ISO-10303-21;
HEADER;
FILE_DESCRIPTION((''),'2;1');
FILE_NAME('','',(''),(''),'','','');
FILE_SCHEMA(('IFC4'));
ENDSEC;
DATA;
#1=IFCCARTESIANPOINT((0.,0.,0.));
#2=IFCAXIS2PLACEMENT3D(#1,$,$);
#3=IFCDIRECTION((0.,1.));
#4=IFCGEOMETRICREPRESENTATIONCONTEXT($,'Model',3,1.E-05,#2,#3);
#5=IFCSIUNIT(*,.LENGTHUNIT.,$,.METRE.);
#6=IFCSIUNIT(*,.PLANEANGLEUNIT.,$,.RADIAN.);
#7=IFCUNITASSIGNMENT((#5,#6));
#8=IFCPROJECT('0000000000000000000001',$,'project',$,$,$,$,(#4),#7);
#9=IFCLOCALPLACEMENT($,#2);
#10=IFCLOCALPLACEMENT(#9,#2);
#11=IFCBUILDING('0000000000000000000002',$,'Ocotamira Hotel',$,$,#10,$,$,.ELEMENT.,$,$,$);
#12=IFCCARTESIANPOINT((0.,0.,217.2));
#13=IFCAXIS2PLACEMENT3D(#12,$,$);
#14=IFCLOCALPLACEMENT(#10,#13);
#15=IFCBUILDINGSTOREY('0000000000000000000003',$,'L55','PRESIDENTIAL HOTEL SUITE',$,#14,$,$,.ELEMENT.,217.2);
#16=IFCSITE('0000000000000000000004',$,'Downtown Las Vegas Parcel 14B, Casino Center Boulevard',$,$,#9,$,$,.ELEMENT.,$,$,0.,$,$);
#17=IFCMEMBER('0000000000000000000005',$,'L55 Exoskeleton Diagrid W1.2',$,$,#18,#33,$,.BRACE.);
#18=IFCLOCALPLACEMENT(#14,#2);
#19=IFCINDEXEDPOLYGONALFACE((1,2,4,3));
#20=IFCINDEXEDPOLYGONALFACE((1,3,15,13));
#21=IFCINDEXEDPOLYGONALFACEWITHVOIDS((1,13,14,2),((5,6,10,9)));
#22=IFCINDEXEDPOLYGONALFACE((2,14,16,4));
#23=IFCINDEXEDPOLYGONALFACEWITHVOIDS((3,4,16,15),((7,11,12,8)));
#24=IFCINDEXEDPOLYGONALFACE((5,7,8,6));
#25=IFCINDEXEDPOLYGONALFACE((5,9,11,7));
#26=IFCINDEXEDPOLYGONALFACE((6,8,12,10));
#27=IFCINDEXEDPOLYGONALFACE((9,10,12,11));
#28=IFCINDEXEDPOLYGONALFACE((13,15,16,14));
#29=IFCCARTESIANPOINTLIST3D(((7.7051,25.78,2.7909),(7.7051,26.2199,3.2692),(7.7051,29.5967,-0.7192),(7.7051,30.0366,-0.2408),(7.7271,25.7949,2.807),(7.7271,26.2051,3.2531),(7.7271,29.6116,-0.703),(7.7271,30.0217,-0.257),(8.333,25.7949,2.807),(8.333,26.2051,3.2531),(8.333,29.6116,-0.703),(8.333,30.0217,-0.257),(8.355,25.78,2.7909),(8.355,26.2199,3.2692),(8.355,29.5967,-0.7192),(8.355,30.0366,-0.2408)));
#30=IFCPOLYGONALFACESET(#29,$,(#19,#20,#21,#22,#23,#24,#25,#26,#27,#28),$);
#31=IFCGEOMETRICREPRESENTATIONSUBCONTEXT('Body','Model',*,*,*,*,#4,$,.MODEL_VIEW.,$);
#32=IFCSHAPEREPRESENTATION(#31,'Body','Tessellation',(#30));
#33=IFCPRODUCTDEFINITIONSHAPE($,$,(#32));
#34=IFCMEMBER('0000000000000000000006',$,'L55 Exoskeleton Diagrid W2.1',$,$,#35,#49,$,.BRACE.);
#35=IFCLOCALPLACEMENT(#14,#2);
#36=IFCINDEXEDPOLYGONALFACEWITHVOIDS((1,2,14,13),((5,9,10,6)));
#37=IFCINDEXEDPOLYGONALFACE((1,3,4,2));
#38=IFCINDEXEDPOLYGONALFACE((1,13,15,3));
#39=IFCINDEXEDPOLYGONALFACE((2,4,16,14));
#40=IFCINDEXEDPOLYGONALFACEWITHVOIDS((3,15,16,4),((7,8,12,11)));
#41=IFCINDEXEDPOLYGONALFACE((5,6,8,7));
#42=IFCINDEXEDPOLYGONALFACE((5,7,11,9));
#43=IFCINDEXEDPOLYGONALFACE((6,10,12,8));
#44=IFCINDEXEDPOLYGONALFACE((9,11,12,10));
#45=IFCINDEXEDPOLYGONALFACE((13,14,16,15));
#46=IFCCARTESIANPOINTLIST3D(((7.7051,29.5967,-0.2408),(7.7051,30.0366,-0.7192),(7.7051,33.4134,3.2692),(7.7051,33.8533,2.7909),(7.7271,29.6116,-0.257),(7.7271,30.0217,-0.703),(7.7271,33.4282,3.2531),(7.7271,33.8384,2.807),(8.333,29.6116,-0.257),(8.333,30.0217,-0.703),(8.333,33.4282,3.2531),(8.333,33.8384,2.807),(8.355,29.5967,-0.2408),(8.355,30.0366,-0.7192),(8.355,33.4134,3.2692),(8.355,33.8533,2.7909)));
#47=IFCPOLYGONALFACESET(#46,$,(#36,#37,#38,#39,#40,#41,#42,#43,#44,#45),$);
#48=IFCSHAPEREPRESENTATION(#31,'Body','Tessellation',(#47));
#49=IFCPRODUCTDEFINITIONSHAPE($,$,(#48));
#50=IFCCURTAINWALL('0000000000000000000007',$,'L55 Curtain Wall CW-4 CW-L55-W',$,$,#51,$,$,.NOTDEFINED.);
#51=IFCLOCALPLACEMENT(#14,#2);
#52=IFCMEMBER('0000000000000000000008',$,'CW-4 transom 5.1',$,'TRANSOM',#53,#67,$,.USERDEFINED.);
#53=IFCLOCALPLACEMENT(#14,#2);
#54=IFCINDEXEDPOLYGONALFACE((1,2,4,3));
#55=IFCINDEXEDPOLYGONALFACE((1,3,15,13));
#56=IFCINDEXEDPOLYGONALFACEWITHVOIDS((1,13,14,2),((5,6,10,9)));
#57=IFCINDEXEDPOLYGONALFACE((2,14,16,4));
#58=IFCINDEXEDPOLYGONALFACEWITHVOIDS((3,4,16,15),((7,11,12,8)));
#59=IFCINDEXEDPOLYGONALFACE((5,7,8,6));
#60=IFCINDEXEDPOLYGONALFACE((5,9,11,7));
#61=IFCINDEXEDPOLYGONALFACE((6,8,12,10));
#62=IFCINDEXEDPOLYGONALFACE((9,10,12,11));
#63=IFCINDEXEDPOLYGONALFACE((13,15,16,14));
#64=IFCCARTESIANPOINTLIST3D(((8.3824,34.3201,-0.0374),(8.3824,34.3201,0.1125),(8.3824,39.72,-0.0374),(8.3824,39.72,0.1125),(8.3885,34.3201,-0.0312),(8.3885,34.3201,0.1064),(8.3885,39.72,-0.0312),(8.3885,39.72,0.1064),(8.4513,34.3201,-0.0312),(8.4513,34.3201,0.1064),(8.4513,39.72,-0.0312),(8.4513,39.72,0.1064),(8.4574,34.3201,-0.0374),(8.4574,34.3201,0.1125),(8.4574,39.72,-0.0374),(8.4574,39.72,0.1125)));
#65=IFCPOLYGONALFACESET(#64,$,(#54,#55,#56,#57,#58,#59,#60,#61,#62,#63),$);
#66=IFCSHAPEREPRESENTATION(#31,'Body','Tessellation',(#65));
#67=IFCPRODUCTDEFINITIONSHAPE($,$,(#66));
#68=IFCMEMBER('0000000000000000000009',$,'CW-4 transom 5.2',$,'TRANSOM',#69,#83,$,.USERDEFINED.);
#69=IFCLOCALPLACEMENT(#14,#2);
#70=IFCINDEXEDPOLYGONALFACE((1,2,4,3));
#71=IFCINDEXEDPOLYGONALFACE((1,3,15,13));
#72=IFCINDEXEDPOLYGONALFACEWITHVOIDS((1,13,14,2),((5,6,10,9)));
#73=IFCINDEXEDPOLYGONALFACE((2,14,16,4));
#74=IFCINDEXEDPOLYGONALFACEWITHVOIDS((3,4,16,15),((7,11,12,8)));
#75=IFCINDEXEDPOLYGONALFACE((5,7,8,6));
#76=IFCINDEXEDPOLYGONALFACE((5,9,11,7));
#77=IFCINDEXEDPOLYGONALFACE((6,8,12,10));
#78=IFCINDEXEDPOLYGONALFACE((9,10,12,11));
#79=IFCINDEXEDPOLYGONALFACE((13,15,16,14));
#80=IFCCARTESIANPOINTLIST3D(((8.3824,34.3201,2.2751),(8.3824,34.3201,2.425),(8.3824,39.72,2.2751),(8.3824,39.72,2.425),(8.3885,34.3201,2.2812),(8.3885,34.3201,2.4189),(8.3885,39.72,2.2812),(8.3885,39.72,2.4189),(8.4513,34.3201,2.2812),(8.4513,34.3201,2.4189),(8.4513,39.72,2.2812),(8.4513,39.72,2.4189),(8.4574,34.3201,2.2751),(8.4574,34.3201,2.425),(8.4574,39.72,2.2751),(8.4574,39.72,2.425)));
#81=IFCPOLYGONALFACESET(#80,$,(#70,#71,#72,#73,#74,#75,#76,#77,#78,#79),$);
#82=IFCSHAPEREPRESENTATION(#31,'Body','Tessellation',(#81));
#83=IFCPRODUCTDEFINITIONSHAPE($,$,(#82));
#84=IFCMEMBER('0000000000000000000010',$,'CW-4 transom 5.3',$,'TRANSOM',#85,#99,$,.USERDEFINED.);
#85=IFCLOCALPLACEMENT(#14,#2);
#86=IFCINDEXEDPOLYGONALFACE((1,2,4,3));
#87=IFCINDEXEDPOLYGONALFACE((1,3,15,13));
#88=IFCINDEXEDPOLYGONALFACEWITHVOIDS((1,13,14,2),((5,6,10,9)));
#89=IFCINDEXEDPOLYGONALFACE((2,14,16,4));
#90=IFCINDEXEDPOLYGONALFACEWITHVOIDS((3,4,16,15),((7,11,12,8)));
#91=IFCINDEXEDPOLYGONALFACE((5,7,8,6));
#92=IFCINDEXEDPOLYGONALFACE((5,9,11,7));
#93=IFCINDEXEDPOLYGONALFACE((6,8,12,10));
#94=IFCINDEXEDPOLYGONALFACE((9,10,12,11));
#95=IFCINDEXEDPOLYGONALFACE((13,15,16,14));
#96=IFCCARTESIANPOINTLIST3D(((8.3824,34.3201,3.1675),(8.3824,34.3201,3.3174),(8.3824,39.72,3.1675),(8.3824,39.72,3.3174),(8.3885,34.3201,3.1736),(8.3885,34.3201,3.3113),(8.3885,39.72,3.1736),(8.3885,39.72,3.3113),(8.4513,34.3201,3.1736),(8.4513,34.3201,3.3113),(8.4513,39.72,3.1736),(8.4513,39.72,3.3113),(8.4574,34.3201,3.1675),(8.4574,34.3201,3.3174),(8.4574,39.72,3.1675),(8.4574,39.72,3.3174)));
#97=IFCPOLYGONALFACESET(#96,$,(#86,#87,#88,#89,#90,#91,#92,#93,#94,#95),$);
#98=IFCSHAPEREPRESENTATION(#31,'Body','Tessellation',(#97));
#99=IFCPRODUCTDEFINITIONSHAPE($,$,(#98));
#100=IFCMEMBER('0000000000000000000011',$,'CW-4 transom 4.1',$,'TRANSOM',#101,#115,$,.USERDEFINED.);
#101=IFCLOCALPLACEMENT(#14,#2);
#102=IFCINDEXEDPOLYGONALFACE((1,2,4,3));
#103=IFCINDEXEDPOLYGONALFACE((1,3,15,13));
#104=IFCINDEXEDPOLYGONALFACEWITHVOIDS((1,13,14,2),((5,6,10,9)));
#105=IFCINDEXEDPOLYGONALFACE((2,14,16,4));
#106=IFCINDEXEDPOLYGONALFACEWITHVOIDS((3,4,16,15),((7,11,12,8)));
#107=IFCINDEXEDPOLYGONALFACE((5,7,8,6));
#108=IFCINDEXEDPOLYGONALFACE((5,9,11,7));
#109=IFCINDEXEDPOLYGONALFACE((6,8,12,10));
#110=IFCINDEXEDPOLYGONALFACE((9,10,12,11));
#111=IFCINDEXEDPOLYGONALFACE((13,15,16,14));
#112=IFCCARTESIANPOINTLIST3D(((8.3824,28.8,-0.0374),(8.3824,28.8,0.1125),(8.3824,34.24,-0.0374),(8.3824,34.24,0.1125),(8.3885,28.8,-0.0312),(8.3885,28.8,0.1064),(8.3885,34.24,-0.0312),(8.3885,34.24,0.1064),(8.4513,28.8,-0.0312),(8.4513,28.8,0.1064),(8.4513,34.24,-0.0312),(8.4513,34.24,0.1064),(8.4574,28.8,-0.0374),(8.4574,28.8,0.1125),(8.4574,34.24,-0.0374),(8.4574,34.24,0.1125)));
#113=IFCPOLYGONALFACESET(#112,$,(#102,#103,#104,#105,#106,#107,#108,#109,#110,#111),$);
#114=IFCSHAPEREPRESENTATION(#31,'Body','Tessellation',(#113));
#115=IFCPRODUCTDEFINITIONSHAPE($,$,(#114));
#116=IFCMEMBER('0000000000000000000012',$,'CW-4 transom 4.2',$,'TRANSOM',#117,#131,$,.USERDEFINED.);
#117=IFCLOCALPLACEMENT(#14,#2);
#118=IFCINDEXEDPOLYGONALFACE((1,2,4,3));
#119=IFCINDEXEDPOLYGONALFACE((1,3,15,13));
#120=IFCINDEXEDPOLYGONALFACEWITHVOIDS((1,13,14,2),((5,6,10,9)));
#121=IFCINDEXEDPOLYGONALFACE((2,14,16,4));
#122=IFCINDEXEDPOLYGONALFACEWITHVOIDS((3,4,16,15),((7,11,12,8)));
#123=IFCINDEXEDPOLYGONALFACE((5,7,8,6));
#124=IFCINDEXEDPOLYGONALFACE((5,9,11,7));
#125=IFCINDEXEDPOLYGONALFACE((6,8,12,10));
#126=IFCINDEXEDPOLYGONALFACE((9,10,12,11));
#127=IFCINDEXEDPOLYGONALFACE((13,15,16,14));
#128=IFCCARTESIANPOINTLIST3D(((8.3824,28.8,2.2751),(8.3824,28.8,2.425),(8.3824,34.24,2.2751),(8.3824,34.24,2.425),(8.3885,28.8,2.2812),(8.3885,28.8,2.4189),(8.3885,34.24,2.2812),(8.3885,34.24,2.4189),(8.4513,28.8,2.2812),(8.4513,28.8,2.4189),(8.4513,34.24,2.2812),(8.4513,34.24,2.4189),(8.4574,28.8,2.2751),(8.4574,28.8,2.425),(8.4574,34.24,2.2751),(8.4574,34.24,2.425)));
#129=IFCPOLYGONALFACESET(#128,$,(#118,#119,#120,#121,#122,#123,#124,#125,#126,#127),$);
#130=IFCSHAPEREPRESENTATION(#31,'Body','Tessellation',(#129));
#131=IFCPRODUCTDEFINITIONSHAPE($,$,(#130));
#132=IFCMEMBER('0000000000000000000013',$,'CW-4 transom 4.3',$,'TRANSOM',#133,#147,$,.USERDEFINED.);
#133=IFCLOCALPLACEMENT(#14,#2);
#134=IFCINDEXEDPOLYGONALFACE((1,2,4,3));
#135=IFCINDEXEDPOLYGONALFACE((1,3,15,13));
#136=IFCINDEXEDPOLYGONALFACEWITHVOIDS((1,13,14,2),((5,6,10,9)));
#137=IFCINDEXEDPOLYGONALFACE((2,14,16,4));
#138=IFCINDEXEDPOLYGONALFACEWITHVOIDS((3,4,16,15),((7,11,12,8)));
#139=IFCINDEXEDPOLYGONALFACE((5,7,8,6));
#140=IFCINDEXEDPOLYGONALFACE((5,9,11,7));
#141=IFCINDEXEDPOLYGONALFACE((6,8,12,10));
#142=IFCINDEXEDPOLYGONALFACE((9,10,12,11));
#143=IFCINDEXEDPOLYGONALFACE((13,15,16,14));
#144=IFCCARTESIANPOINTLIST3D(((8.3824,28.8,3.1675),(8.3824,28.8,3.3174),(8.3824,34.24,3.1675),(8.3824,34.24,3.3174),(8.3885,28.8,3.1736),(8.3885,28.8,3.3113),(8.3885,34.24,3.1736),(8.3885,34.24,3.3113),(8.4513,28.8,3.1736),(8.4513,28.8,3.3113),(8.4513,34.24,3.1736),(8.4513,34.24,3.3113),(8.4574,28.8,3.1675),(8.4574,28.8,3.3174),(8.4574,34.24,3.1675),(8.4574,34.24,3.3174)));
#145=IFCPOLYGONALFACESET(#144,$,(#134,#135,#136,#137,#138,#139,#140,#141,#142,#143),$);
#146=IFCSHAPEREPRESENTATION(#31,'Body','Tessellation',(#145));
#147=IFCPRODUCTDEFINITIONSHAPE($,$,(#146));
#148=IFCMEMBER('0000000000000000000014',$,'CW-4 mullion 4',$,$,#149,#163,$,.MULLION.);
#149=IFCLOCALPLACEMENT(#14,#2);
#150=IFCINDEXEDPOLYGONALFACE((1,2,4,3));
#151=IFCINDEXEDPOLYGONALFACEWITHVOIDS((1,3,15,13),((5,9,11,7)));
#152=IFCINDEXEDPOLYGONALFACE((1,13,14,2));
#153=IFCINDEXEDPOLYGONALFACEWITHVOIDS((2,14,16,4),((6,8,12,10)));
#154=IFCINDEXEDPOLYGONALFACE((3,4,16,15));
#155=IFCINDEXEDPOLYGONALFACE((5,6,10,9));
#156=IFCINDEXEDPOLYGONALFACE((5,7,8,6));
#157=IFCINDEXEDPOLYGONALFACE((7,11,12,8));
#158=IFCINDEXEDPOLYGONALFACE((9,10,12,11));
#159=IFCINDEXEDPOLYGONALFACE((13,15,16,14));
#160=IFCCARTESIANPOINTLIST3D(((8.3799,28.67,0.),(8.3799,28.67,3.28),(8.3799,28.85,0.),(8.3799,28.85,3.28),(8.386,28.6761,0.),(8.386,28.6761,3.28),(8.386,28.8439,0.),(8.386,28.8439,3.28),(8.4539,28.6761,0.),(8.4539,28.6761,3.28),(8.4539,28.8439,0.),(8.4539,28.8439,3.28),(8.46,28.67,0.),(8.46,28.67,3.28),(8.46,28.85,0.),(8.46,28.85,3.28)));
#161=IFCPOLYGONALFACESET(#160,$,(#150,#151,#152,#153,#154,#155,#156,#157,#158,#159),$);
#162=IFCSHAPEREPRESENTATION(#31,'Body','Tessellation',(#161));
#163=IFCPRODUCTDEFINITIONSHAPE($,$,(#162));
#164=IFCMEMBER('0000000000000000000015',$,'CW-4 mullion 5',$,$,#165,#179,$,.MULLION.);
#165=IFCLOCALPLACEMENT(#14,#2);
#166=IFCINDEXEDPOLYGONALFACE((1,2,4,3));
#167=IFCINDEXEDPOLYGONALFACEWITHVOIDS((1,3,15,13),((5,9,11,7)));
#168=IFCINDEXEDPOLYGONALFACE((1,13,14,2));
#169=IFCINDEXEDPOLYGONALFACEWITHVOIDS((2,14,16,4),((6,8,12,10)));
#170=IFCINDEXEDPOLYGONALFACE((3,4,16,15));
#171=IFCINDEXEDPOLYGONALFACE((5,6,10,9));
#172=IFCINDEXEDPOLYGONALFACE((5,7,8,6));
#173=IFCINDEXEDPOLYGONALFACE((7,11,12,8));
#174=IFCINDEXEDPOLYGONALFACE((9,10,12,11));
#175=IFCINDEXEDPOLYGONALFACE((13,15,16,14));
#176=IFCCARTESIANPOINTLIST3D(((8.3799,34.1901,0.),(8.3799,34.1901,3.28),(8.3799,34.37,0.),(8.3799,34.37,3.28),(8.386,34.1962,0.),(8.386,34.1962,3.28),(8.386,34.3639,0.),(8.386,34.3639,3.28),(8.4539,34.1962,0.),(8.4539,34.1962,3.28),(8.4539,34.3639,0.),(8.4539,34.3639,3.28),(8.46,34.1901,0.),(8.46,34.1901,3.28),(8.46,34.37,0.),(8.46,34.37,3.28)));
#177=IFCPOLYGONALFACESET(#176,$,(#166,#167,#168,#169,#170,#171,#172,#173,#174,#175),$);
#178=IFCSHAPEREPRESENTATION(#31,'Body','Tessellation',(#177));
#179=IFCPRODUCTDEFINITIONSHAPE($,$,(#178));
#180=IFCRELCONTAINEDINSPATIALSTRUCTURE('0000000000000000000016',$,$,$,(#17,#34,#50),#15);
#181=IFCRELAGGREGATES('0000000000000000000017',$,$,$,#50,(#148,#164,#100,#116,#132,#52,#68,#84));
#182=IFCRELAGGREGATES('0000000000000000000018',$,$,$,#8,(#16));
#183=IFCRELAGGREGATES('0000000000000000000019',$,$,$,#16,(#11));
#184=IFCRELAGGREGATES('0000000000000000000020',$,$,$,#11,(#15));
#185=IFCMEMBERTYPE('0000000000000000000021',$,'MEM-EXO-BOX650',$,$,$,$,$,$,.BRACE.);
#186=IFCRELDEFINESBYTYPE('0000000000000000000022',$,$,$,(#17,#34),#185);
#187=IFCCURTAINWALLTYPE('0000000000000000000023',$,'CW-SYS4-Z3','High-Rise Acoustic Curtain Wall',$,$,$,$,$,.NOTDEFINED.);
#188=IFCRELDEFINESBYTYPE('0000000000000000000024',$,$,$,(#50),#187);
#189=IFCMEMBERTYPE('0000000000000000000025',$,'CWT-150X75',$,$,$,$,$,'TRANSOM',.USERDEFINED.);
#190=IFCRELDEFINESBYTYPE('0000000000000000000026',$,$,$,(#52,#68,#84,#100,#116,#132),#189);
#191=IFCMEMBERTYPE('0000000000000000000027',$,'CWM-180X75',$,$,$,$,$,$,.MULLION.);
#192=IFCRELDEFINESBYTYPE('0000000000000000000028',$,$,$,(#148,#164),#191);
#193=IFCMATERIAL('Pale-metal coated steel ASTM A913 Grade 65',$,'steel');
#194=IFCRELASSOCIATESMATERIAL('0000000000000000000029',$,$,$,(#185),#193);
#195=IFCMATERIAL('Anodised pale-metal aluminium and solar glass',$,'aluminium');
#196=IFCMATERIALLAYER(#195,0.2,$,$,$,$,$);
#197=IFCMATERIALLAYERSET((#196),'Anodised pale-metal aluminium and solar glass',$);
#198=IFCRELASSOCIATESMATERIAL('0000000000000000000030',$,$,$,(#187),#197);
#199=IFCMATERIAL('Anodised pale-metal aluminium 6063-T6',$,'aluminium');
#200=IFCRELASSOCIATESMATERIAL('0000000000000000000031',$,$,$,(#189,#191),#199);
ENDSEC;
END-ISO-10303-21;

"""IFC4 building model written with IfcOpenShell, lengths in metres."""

from ifc_helpers import new_model, si_unit, direction, frame, origin, origin_2d, place, context, subcontext, project, spatial, hollow_rectangle, extrude, source, transform, mapped, material, layer, layer_set, material_profile, profile_set, type_object, element, aggregate, save


model = new_model("IFC4")

# Units and contexts
model_context = context("Model", 3, precision=1e-05, world=origin(), true_north=direction((0.0, 1.0)))
body_context = subcontext(model_context, "Body", "Model", "MODEL_VIEW")
ifc_project = project(units=[si_unit("LENGTHUNIT", "METRE"), si_unit("PLANEANGLEUNIT", "RADIAN")], contexts=[model_context])

# Site, building, storey
site_placement = place(None, origin())
site = spatial("IfcSite", under=ifc_project, at=site_placement, Name="Downtown Las Vegas Parcel 14B, Casino Center Boulevard", CompositionType="ELEMENT", RefElevation=0.0)
building_placement = place(site_placement, origin())
building = spatial("IfcBuilding", under=site, at=building_placement, Name="Ocotamira Hotel", CompositionType="ELEMENT")
storey_placement = place(building_placement, frame((0.0, 0.0, 217.2)))
storey = spatial("IfcBuildingStorey", under=building, at=storey_placement, Name="L55", Description="PRESIDENTIAL HOTEL SUITE", CompositionType="ELEMENT", Elevation=217.2)

# Members
ifc_material_1 = material(Name="Pale-metal coated steel ASTM A913 Grade 65", Category="steel")
ifc_material_profile_1 = material_profile(ifc_material_1, hollow_rectangle(XDim=0.6499, YDim=0.6499, WallThickness=0.022, at=origin_2d()), Name="BOX650X650X22")
ifc_profile_set_1 = profile_set([ifc_material_profile_1], Name="Pale-metal coated steel ASTM A913 Grade 65")
member_type_1 = type_object("IfcMemberType", Name="MEM-EXO-BOX650", PredefinedType="BRACE", material=ifc_profile_set_1)
shared_shape_1 = source(origin(), body_context, "Body", "SweptSolid", [
    extrude(hollow_rectangle(XDim=0.6499, YDim=0.6499, WallThickness=0.022, at=origin_2d()), origin(), (0.0, 0.0, 1.0), 5.1853),
])
for number, where, z_axis, x_axis, name in (
    (1, (8.03, 29.8167, -0.48), (0.0, -0.736057, 0.67692), (1.0, 0.0, 0.0), "L55 Exoskeleton Diagrid W1.2"),
    (2, (8.03, 29.8167, -0.48), (0.0, 0.736057, 0.67692), (-1.0, 0.0, 0.0), "L55 Exoskeleton Diagrid W2.1"),
):
    element("IfcMember", number, at=place(storey_placement, frame(where, z_axis=z_axis, x_axis=x_axis)), inside=storey, type_object=member_type_1, Name=name, PredefinedType="BRACE", context=body_context, shape_type="MappedRepresentation", body=[
        mapped(shared_shape_1, transform((0.0, 0.0, 0.0), scale=1.0)),
    ])

# Curtain wall, members
ifc_material_2 = material(Name="Anodised pale-metal aluminium and solar glass", Category="aluminium")
ifc_layer_1 = layer(ifc_material_2, 0.2)
ifc_layer_set_1 = layer_set([ifc_layer_1], Name="Anodised pale-metal aluminium and solar glass")
curtain_wall_type = type_object("IfcCurtainWallType", Name="CW-SYS4-Z3", Description="High-Rise Acoustic Curtain Wall", PredefinedType="NOTDEFINED", material=ifc_layer_set_1)
curtain_wall_placement = place(storey_placement, origin())
curtain_wall = element("IfcCurtainWall", 3, at=curtain_wall_placement, inside=storey, type_object=curtain_wall_type, Name="L55 Curtain Wall CW-4 CW-L55-W", PredefinedType="NOTDEFINED")
ifc_material_3 = material(Name="Anodised pale-metal aluminium 6063-T6", Category="aluminium")
ifc_material_profile_2 = material_profile(ifc_material_3, hollow_rectangle(XDim=0.075, YDim=0.1499, WallThickness=0.0061, at=origin_2d()), Name="HSS150X75X6")
ifc_profile_set_2 = profile_set([ifc_material_profile_2], Name="Anodised pale-metal aluminium 6063-T6")
member_type_2 = type_object("IfcMemberType", Name="CWT-150X75", ElementType="TRANSOM", PredefinedType="USERDEFINED", material=ifc_profile_set_2)
shared_shape_2 = source(origin(), body_context, "Body", "SweptSolid", [
    extrude(hollow_rectangle(XDim=0.075, YDim=0.1499, WallThickness=0.0061, at=origin_2d()), origin(), (0.0, 0.0, 1.0), 5.3999),
])
member_1_placement = place(storey_placement, frame((8.4199, 34.3201, 0.0376), z_axis=(0.0, 1.0, 0.0), x_axis=(-1.0, 0.0, 0.0)))
member_1 = element("IfcMember", 4, at=member_1_placement, type_object=member_type_2, Name="CW-4 transom 5.1", ObjectType="TRANSOM", PredefinedType="USERDEFINED", context=body_context, shape_type="MappedRepresentation", body=[
    mapped(shared_shape_2, transform((0.0, 0.0, 0.0), scale=1.0)),
])
member_2_placement = place(storey_placement, frame((8.4199, 34.3201, 2.3501), z_axis=(0.0, 1.0, 0.0), x_axis=(-1.0, 0.0, 0.0)))
member_2 = element("IfcMember", 5, at=member_2_placement, type_object=member_type_2, Name="CW-4 transom 5.2", ObjectType="TRANSOM", PredefinedType="USERDEFINED", context=body_context, shape_type="MappedRepresentation", body=[
    mapped(shared_shape_2, transform((0.0, 0.0, 0.0), scale=1.0)),
])
member_3_placement = place(storey_placement, frame((8.4199, 34.3201, 3.2424), z_axis=(0.0, 1.0, 0.0), x_axis=(-1.0, 0.0, 0.0)))
member_3 = element("IfcMember", 6, at=member_3_placement, type_object=member_type_2, Name="CW-4 transom 5.3", ObjectType="TRANSOM", PredefinedType="USERDEFINED", context=body_context, shape_type="MappedRepresentation", body=[
    mapped(shared_shape_2, transform((0.0, 0.0, 0.0), scale=1.0)),
])
shared_shape_3 = source(origin(), body_context, "Body", "SweptSolid", [
    extrude(hollow_rectangle(XDim=0.075, YDim=0.1499, WallThickness=0.0061, at=origin_2d()), origin(), (0.0, 0.0, 1.0), 5.4399),
])
member_4_placement = place(storey_placement, frame((8.4199, 28.8, 0.0376), z_axis=(0.0, 1.0, 0.0), x_axis=(-1.0, 0.0, 0.0)))
member_4 = element("IfcMember", 7, at=member_4_placement, type_object=member_type_2, Name="CW-4 transom 4.1", ObjectType="TRANSOM", PredefinedType="USERDEFINED", context=body_context, shape_type="MappedRepresentation", body=[
    mapped(shared_shape_3, transform((0.0, 0.0, 0.0), scale=1.0)),
])
member_5_placement = place(storey_placement, frame((8.4199, 28.8, 2.3501), z_axis=(0.0, 1.0, 0.0), x_axis=(-1.0, 0.0, 0.0)))
member_5 = element("IfcMember", 8, at=member_5_placement, type_object=member_type_2, Name="CW-4 transom 4.2", ObjectType="TRANSOM", PredefinedType="USERDEFINED", context=body_context, shape_type="MappedRepresentation", body=[
    mapped(shared_shape_3, transform((0.0, 0.0, 0.0), scale=1.0)),
])
member_6_placement = place(storey_placement, frame((8.4199, 28.8, 3.2424), z_axis=(0.0, 1.0, 0.0), x_axis=(-1.0, 0.0, 0.0)))
member_6 = element("IfcMember", 9, at=member_6_placement, type_object=member_type_2, Name="CW-4 transom 4.3", ObjectType="TRANSOM", PredefinedType="USERDEFINED", context=body_context, shape_type="MappedRepresentation", body=[
    mapped(shared_shape_3, transform((0.0, 0.0, 0.0), scale=1.0)),
])
ifc_material_profile_3 = material_profile(ifc_material_3, hollow_rectangle(XDim=0.0801, YDim=0.1799, WallThickness=0.0061, at=origin_2d()), Name="HSS180X80X6")
ifc_profile_set_3 = profile_set([ifc_material_profile_3], Name="Anodised pale-metal aluminium 6063-T6")
member_type_3 = type_object("IfcMemberType", Name="CWM-180X75", PredefinedType="MULLION", material=ifc_profile_set_3)
shared_shape_4 = source(origin(), body_context, "Body", "SweptSolid", [
    extrude(hollow_rectangle(XDim=0.0801, YDim=0.1799, WallThickness=0.0061, at=origin_2d()), origin(), (0.0, 0.0, 1.0), 3.28),
])
member_7_placement = place(storey_placement, frame((8.4199, 28.76, 0.0), z_axis=(0.0, 0.0, 1.0), x_axis=(-1.0, 0.0, 0.0)))
member_7 = element("IfcMember", 10, at=member_7_placement, type_object=member_type_3, Name="CW-4 mullion 4", PredefinedType="MULLION", context=body_context, shape_type="MappedRepresentation", body=[
    mapped(shared_shape_4, transform((0.0, 0.0, 0.0), scale=1.0)),
])
member_8_placement = place(storey_placement, frame((8.4199, 34.28, 0.0), z_axis=(0.0, 0.0, 1.0), x_axis=(-1.0, 0.0, 0.0)))
member_8 = element("IfcMember", 11, at=member_8_placement, type_object=member_type_3, Name="CW-4 mullion 5", PredefinedType="MULLION", context=body_context, shape_type="MappedRepresentation", body=[
    mapped(shared_shape_4, transform((0.0, 0.0, 0.0), scale=1.0)),
])

aggregate(curtain_wall, [member_7, member_8, member_4, member_5, member_6, member_1, member_2, member_3])

save(model, "model.ifc")
